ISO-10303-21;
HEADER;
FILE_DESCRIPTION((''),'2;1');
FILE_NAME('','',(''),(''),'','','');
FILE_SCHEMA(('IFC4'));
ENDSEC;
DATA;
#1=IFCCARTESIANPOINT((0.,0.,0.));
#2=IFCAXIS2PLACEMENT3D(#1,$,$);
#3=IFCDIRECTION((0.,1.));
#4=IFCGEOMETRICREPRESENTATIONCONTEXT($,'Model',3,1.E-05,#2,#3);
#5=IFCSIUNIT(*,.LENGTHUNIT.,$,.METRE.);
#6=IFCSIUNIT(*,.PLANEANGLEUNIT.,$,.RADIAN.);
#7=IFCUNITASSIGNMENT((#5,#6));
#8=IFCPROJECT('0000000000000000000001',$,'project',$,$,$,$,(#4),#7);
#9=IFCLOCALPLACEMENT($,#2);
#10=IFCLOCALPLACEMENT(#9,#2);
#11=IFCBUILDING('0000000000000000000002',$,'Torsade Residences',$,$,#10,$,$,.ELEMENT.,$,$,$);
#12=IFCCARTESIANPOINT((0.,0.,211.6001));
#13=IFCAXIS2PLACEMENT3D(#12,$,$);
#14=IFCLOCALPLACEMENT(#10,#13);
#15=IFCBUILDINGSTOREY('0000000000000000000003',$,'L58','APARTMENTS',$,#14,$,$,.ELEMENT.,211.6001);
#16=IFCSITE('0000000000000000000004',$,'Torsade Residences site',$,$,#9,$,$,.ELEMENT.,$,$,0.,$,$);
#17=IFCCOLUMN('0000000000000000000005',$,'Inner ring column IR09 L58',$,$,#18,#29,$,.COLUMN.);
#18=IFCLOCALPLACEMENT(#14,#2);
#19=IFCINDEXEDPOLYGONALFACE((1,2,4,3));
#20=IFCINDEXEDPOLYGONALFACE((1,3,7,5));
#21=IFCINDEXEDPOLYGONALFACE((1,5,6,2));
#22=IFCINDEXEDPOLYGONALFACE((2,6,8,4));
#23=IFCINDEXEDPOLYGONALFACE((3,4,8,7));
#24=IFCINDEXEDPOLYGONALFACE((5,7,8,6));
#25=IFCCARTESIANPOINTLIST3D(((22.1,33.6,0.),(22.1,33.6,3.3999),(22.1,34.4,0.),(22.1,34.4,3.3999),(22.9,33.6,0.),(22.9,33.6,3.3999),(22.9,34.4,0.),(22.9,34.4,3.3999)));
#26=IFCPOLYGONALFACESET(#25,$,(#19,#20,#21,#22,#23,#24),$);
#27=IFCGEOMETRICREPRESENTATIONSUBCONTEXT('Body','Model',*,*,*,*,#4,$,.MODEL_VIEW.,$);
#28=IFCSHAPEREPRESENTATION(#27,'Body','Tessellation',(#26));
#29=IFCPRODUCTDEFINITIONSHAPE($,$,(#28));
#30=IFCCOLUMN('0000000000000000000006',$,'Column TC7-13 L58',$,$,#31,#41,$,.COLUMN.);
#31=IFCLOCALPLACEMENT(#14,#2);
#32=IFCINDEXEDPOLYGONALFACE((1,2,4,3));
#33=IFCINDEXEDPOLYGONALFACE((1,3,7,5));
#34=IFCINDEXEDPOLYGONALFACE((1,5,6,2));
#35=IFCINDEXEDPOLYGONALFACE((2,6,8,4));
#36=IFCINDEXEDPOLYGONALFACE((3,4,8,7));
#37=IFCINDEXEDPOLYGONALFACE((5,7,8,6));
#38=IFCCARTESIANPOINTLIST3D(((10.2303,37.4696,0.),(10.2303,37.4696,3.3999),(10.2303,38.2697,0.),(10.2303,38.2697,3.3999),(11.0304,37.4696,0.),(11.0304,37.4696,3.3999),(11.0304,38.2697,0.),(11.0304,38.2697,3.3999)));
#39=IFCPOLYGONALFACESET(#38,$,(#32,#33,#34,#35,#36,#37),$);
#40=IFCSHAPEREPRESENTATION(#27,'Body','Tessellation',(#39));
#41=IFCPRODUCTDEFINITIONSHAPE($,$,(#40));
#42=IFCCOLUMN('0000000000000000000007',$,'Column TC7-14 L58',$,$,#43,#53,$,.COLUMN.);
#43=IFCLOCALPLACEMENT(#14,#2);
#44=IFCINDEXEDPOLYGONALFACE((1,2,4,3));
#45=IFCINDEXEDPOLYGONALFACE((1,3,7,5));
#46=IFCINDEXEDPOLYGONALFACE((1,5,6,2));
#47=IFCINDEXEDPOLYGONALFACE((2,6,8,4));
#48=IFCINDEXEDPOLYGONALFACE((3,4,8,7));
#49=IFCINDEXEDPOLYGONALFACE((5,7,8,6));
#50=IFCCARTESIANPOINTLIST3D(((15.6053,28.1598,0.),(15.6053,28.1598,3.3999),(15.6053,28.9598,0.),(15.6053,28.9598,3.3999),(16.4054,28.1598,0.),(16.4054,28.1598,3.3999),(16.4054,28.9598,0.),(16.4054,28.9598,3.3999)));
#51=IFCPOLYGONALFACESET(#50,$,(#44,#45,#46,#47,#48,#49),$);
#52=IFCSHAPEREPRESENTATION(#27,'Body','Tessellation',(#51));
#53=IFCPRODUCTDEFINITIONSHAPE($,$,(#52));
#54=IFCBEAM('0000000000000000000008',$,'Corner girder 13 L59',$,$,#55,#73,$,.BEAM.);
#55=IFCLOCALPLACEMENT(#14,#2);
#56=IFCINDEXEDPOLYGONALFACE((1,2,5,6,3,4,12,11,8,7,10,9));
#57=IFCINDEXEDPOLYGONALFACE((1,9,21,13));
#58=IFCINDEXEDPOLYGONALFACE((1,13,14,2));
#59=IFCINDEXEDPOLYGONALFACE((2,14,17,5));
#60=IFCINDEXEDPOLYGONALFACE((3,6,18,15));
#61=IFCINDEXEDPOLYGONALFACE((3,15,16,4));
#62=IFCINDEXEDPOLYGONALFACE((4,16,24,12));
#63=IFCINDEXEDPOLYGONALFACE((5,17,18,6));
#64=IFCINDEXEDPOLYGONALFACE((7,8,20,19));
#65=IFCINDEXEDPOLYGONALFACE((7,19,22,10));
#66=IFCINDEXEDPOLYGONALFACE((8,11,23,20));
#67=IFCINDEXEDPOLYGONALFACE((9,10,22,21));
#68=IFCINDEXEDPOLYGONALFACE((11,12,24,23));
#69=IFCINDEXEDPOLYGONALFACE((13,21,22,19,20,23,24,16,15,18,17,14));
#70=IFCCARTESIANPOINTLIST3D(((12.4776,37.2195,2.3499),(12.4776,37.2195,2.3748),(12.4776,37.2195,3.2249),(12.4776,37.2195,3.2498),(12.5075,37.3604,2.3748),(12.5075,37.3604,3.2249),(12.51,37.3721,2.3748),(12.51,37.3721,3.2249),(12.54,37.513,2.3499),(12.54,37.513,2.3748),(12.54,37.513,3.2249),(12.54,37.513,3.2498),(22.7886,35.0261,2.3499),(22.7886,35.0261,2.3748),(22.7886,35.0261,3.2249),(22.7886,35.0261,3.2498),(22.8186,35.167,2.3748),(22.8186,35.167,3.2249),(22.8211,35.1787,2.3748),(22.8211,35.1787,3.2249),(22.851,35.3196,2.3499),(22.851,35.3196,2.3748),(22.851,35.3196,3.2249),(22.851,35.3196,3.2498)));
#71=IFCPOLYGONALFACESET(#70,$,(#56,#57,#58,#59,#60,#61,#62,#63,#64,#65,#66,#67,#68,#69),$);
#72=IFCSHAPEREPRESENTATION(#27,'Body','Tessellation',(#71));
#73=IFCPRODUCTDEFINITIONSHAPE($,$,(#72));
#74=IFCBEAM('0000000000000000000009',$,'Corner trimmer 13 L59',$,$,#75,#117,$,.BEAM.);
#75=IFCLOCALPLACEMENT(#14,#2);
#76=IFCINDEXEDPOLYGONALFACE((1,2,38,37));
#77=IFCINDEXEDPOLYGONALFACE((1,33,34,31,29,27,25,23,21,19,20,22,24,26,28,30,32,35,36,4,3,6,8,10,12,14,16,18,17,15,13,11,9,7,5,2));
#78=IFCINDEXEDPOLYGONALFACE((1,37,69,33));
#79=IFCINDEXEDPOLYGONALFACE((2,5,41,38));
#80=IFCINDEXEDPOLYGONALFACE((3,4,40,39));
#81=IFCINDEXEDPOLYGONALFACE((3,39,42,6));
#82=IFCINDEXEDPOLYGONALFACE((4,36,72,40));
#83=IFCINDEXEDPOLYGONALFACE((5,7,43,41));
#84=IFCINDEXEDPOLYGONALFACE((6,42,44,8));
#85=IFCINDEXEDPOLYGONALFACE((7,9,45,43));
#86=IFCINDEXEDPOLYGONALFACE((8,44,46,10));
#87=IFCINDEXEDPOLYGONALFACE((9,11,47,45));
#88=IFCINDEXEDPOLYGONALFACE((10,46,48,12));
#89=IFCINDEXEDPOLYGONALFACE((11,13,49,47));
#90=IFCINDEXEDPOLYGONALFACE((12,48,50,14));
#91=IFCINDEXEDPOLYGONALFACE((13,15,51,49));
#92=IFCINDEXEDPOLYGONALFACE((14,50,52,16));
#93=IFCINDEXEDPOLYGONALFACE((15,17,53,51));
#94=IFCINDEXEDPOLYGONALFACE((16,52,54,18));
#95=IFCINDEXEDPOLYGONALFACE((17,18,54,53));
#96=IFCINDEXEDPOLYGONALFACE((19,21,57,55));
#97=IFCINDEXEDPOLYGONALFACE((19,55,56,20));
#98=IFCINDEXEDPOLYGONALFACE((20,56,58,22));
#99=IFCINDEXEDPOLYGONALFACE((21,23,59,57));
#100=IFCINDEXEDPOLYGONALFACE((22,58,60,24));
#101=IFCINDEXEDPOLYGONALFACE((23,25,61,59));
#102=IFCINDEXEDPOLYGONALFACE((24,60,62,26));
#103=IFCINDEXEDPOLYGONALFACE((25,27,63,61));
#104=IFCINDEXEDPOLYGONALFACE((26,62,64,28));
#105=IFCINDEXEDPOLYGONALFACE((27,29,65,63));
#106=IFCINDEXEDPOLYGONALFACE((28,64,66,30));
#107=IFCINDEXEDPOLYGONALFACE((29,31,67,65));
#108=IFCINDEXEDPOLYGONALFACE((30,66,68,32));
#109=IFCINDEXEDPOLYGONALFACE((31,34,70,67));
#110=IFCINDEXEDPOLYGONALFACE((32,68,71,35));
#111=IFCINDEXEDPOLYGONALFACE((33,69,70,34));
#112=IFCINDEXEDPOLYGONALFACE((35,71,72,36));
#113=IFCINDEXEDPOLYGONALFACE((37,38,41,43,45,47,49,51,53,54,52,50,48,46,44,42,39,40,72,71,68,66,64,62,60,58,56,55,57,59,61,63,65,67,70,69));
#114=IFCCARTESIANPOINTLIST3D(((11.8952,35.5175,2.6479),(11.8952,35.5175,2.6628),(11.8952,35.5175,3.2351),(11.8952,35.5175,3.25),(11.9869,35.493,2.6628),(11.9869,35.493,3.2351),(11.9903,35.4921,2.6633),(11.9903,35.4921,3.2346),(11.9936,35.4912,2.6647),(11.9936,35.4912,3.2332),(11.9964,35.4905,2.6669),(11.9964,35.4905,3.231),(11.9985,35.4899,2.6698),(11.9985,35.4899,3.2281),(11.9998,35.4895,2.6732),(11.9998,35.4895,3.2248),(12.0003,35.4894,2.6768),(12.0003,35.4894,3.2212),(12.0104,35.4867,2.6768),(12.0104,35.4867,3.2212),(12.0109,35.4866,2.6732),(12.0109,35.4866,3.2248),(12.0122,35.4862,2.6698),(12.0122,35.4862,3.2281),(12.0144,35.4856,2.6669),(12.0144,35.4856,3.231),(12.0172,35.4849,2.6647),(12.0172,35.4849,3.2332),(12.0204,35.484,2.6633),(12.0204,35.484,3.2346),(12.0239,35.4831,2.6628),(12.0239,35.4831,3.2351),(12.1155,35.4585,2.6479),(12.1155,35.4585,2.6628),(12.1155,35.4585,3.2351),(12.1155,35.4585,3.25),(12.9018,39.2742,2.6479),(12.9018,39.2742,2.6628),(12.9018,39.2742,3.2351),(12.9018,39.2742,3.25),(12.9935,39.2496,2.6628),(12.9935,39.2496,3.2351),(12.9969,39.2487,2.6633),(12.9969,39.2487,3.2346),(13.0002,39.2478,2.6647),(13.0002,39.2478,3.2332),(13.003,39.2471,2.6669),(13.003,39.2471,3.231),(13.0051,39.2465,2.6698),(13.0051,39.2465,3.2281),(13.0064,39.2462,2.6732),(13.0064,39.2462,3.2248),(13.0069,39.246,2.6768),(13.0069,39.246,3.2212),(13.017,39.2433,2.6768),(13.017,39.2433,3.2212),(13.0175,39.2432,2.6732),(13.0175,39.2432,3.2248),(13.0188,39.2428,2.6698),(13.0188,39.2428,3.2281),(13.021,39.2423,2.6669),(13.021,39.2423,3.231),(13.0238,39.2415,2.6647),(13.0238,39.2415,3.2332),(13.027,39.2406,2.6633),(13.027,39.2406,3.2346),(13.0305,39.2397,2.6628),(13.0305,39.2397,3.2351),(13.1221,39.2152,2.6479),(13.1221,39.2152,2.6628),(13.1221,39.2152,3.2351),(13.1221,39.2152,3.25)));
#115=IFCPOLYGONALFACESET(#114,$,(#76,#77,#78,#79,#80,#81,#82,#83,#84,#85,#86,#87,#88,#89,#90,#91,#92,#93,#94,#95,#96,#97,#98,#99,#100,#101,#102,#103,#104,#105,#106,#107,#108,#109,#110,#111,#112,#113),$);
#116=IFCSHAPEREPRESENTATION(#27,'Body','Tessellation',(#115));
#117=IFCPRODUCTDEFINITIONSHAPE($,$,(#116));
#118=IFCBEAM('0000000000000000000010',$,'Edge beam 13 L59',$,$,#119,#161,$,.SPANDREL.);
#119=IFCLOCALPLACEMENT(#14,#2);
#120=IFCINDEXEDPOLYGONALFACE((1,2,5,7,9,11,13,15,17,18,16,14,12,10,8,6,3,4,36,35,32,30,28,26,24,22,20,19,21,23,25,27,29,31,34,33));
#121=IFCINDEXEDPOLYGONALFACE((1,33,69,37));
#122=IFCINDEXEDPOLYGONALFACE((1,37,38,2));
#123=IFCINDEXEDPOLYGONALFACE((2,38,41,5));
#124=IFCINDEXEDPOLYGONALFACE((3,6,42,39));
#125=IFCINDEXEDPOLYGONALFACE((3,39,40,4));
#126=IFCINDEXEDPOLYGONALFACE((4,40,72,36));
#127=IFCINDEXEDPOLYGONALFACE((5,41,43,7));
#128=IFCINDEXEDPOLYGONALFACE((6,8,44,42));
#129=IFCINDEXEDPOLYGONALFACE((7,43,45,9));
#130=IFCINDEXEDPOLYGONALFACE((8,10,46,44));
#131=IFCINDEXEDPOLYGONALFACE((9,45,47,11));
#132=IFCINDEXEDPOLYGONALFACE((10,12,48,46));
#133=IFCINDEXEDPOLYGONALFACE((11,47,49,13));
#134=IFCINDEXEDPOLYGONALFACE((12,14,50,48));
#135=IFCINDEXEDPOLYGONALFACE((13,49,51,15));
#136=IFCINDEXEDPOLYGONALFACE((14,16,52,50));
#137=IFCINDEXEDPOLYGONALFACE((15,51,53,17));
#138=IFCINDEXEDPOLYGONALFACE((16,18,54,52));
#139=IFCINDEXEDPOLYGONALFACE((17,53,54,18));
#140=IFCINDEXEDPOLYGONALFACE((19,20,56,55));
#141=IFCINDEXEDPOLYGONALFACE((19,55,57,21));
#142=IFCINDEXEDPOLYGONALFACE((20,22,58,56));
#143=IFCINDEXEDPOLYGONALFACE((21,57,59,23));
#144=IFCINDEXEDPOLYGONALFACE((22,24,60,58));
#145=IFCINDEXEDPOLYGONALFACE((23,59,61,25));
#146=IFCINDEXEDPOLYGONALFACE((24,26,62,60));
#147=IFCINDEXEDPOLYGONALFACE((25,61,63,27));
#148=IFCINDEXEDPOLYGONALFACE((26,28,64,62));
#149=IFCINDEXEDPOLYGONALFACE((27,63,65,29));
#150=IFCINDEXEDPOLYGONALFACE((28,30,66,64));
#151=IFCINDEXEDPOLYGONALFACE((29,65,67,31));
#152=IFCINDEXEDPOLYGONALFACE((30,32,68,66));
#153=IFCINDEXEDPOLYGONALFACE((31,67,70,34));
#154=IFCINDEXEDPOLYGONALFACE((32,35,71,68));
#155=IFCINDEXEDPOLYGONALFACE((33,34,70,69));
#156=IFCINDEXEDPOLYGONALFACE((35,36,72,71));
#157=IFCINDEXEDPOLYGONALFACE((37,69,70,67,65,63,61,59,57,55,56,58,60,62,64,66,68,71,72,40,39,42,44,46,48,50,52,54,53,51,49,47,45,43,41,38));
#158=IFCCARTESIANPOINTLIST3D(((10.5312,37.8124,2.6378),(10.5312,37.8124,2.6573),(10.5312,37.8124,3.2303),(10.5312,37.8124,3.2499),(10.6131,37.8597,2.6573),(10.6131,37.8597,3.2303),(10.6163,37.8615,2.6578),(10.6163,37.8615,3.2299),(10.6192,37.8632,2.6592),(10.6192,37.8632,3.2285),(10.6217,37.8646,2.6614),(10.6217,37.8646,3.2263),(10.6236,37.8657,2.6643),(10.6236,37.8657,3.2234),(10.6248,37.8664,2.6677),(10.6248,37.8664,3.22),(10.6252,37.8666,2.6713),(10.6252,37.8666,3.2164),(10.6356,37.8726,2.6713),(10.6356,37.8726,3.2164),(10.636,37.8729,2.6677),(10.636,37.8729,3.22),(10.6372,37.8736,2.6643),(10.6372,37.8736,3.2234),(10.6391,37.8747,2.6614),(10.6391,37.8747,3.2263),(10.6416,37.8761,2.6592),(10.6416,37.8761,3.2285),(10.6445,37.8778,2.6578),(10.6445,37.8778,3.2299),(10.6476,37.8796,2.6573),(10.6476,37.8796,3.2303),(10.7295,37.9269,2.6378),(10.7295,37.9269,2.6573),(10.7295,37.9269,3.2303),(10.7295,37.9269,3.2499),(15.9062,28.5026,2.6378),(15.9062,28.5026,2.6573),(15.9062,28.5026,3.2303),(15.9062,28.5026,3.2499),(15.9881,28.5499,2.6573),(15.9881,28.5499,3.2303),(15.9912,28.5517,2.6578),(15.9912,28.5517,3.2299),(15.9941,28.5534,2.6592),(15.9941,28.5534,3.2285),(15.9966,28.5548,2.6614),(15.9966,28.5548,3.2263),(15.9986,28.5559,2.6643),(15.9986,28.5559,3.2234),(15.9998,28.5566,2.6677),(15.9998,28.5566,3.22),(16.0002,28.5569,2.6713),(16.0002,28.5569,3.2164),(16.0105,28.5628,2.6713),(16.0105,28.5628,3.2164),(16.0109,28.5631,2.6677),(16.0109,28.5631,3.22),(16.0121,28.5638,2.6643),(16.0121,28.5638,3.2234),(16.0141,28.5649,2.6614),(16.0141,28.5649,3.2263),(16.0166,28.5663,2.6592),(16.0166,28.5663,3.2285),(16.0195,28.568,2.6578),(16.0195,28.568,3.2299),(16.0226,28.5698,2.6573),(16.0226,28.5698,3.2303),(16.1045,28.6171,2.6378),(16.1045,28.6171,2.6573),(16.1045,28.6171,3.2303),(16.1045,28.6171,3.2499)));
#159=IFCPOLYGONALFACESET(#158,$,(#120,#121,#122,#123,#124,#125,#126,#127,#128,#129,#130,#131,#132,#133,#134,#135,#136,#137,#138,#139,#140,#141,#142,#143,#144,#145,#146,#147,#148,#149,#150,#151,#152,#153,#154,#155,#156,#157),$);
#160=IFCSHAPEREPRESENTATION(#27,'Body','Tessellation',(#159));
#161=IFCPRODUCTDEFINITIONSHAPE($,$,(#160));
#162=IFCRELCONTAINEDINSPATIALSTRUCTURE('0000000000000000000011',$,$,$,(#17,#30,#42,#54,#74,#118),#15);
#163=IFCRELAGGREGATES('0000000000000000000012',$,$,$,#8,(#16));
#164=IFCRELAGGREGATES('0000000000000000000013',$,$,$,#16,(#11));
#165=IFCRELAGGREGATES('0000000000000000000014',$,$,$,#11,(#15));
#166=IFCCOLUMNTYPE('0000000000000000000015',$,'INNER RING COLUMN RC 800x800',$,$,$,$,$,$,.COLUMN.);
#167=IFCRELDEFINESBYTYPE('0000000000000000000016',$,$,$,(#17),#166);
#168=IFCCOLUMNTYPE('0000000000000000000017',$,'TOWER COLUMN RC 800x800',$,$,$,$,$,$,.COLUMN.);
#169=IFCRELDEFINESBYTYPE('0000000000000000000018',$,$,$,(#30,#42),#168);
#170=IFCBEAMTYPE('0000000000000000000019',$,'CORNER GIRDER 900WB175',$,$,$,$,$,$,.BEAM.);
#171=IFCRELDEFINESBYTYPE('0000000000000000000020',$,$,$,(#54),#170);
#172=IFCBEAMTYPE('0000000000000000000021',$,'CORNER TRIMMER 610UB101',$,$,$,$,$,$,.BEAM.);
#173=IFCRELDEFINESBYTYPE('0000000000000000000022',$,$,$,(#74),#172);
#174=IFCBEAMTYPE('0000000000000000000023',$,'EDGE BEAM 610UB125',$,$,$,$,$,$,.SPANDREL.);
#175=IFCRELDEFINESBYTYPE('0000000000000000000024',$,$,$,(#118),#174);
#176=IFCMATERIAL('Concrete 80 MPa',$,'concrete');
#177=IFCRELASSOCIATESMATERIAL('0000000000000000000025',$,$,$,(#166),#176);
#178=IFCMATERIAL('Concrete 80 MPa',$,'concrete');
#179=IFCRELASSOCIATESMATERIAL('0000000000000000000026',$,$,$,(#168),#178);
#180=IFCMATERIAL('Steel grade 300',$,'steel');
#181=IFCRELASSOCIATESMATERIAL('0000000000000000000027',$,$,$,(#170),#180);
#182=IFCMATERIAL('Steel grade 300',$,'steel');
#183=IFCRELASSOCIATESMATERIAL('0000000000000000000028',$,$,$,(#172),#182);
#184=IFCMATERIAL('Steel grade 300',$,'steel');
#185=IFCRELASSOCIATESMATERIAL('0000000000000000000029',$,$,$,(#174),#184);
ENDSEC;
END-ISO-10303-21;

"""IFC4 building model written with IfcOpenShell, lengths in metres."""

from ifc_helpers import new_model, si_unit, direction, frame, origin, origin_2d, place, context, subcontext, project, spatial, rectangle, i_section, extrude, material, material_profile, profile_set, type_object, element, save


model = new_model("IFC4")

# Units and contexts
model_context = context("Model", 3, precision=1e-05, world=origin(), true_north=direction((0.0, 1.0)))
body_context = subcontext(model_context, "Body", "Model", "MODEL_VIEW")
ifc_project = project(units=[si_unit("LENGTHUNIT", "METRE"), si_unit("PLANEANGLEUNIT", "RADIAN")], contexts=[model_context])

# Site, building, storey
site_placement = place(None, origin())
site = spatial("IfcSite", under=ifc_project, at=site_placement, Name="Torsade Residences site", CompositionType="ELEMENT", RefElevation=0.0)
building_placement = place(site_placement, origin())
building = spatial("IfcBuilding", under=site, at=building_placement, Name="Torsade Residences", CompositionType="ELEMENT")
storey_placement = place(building_placement, frame((0.0, 0.0, 211.6001)))
storey = spatial("IfcBuildingStorey", under=building, at=storey_placement, Name="L58", Description="APARTMENTS", CompositionType="ELEMENT", Elevation=211.6001)

# Columns
ifc_material_1 = material(Name="Concrete 80 MPa", Category="concrete")
ifc_material_profile_1 = material_profile(ifc_material_1, rectangle(XDim=0.8, YDim=0.8, at=origin_2d()), Name="RC 800x800")
ifc_profile_set_1 = profile_set([ifc_material_profile_1], Name="Concrete 80 MPa")
column_type_1 = type_object("IfcColumnType", Name="INNER RING COLUMN RC 800x800", PredefinedType="COLUMN", material=ifc_profile_set_1)
column_placement = place(storey_placement, frame((22.5, 34.0, 0.0), z_axis=(0.0, 0.0, 1.0), x_axis=(1.0, 0.0, 0.0)))
element("IfcColumn", 1, at=column_placement, inside=storey, type_object=column_type_1, Name="Inner ring column IR09 L58", PredefinedType="COLUMN", context=body_context, shape_type="SweptSolid", body=[
    extrude(rectangle(XDim=0.8, YDim=0.8, at=origin_2d()), origin(), (0.0, 0.0, 1.0), 3.3999),
])
ifc_material_2 = material(Name="Concrete 80 MPa", Category="concrete")
ifc_material_profile_2 = material_profile(ifc_material_2, rectangle(XDim=0.8, YDim=0.8, at=origin_2d()), Name="RC 800x800")
ifc_profile_set_2 = profile_set([ifc_material_profile_2], Name="Concrete 80 MPa")
column_type_2 = type_object("IfcColumnType", Name="TOWER COLUMN RC 800x800", PredefinedType="COLUMN", material=ifc_profile_set_2)
for number, where, z_axis, x_axis, name in (
    (2, (10.6304, 37.8696, 0.0), (0.0, 0.0, 1.0), (1.0, 0.0, 0.0), "Column TC7-13 L58"),
    (3, (16.0054, 28.5598, 0.0), (0.0, 0.0, 1.0), (1.0, 0.0, 0.0), "Column TC7-14 L58"),
):
    element("IfcColumn", number, at=place(storey_placement, frame(where, z_axis=z_axis, x_axis=x_axis)), inside=storey, type_object=column_type_2, Name=name, PredefinedType="COLUMN", context=body_context, shape_type="SweptSolid", body=[
        extrude(rectangle(XDim=0.8, YDim=0.8, at=origin_2d()), origin(), (0.0, 0.0, 1.0), 3.3999),
    ])

# Beams
ifc_material_3 = material(Name="Steel grade 300", Category="steel")
ifc_material_profile_3 = material_profile(ifc_material_3, i_section(OverallWidth=0.3, OverallDepth=0.8999, WebThickness=0.012, FlangeThickness=0.0249, at=origin_2d()), Name="900WB175")
ifc_profile_set_3 = profile_set([ifc_material_profile_3], Name="Steel grade 300")
beam_type_1 = type_object("IfcBeamType", Name="CORNER GIRDER 900WB175", PredefinedType="BEAM", material=ifc_profile_set_3)
beam_1_placement = place(storey_placement, frame((12.5088, 37.3662, 2.7998), z_axis=(0.978115, -0.208064, 0.0), x_axis=(0.208064, 0.978115, 0.0)))
element("IfcBeam", 4, at=beam_1_placement, inside=storey, type_object=beam_type_1, Name="Corner girder 13 L59", PredefinedType="BEAM", context=body_context, shape_type="SweptSolid", body=[
    extrude(i_section(OverallWidth=0.3, OverallDepth=0.8999, WebThickness=0.012, FlangeThickness=0.0249, at=origin_2d()), origin(), (0.0, 0.0, 1.0), 10.5417),
])
ifc_material_4 = material(Name="Steel grade 300", Category="steel")
ifc_material_profile_4 = material_profile(ifc_material_4, i_section(OverallWidth=0.228, OverallDepth=0.6021, WebThickness=0.0105, FlangeThickness=0.0149, FilletRadius=0.0139, at=origin_2d()), Name="610UB101")
ifc_profile_set_4 = profile_set([ifc_material_profile_4], Name="Steel grade 300")
beam_type_2 = type_object("IfcBeamType", Name="CORNER TRIMMER 610UB101", PredefinedType="BEAM", material=ifc_profile_set_4)
beam_2_placement = place(storey_placement, frame((12.0054, 35.488, 2.949), z_axis=(0.258823, 0.965925, 0.0), x_axis=(-0.965925, 0.258823, 0.0)))
element("IfcBeam", 5, at=beam_2_placement, inside=storey, type_object=beam_type_2, Name="Corner trimmer 13 L59", PredefinedType="BEAM", context=body_context, shape_type="SweptSolid", body=[
    extrude(i_section(OverallWidth=0.228, OverallDepth=0.6021, WebThickness=0.0105, FlangeThickness=0.0149, FilletRadius=0.0139, at=origin_2d()), origin(), (0.0, 0.0, 1.0), 3.8892),
])
ifc_material_5 = material(Name="Steel grade 300", Category="steel")
ifc_material_profile_5 = material_profile(ifc_material_5, i_section(OverallWidth=0.229, OverallDepth=0.6121, WebThickness=0.012, FlangeThickness=0.0195, FilletRadius=0.0139, at=origin_2d()), Name="610UB125")
ifc_profile_set_5 = profile_set([ifc_material_profile_5], Name="Steel grade 300")
beam_type_3 = type_object("IfcBeamType", Name="EDGE BEAM 610UB125", PredefinedType="SPANDREL", material=ifc_profile_set_5)
for number, where, z_axis, x_axis, name in (
    (6, (10.6304, 37.8696, 2.9438), (0.499998, -0.866026, 0.0), (0.866026, 0.499998, 0.0), "Edge beam 13 L59"),
):
    element("IfcBeam", number, at=place(storey_placement, frame(where, z_axis=z_axis, x_axis=x_axis)), inside=storey, type_object=beam_type_3, Name=name, PredefinedType="SPANDREL", context=body_context, shape_type="SweptSolid", body=[
        extrude(i_section(OverallWidth=0.229, OverallDepth=0.6121, WebThickness=0.012, FlangeThickness=0.0195, FilletRadius=0.0139, at=origin_2d()), origin(), (0.0, 0.0, 1.0), 10.75),
    ])

save(model, "model.ifc")
